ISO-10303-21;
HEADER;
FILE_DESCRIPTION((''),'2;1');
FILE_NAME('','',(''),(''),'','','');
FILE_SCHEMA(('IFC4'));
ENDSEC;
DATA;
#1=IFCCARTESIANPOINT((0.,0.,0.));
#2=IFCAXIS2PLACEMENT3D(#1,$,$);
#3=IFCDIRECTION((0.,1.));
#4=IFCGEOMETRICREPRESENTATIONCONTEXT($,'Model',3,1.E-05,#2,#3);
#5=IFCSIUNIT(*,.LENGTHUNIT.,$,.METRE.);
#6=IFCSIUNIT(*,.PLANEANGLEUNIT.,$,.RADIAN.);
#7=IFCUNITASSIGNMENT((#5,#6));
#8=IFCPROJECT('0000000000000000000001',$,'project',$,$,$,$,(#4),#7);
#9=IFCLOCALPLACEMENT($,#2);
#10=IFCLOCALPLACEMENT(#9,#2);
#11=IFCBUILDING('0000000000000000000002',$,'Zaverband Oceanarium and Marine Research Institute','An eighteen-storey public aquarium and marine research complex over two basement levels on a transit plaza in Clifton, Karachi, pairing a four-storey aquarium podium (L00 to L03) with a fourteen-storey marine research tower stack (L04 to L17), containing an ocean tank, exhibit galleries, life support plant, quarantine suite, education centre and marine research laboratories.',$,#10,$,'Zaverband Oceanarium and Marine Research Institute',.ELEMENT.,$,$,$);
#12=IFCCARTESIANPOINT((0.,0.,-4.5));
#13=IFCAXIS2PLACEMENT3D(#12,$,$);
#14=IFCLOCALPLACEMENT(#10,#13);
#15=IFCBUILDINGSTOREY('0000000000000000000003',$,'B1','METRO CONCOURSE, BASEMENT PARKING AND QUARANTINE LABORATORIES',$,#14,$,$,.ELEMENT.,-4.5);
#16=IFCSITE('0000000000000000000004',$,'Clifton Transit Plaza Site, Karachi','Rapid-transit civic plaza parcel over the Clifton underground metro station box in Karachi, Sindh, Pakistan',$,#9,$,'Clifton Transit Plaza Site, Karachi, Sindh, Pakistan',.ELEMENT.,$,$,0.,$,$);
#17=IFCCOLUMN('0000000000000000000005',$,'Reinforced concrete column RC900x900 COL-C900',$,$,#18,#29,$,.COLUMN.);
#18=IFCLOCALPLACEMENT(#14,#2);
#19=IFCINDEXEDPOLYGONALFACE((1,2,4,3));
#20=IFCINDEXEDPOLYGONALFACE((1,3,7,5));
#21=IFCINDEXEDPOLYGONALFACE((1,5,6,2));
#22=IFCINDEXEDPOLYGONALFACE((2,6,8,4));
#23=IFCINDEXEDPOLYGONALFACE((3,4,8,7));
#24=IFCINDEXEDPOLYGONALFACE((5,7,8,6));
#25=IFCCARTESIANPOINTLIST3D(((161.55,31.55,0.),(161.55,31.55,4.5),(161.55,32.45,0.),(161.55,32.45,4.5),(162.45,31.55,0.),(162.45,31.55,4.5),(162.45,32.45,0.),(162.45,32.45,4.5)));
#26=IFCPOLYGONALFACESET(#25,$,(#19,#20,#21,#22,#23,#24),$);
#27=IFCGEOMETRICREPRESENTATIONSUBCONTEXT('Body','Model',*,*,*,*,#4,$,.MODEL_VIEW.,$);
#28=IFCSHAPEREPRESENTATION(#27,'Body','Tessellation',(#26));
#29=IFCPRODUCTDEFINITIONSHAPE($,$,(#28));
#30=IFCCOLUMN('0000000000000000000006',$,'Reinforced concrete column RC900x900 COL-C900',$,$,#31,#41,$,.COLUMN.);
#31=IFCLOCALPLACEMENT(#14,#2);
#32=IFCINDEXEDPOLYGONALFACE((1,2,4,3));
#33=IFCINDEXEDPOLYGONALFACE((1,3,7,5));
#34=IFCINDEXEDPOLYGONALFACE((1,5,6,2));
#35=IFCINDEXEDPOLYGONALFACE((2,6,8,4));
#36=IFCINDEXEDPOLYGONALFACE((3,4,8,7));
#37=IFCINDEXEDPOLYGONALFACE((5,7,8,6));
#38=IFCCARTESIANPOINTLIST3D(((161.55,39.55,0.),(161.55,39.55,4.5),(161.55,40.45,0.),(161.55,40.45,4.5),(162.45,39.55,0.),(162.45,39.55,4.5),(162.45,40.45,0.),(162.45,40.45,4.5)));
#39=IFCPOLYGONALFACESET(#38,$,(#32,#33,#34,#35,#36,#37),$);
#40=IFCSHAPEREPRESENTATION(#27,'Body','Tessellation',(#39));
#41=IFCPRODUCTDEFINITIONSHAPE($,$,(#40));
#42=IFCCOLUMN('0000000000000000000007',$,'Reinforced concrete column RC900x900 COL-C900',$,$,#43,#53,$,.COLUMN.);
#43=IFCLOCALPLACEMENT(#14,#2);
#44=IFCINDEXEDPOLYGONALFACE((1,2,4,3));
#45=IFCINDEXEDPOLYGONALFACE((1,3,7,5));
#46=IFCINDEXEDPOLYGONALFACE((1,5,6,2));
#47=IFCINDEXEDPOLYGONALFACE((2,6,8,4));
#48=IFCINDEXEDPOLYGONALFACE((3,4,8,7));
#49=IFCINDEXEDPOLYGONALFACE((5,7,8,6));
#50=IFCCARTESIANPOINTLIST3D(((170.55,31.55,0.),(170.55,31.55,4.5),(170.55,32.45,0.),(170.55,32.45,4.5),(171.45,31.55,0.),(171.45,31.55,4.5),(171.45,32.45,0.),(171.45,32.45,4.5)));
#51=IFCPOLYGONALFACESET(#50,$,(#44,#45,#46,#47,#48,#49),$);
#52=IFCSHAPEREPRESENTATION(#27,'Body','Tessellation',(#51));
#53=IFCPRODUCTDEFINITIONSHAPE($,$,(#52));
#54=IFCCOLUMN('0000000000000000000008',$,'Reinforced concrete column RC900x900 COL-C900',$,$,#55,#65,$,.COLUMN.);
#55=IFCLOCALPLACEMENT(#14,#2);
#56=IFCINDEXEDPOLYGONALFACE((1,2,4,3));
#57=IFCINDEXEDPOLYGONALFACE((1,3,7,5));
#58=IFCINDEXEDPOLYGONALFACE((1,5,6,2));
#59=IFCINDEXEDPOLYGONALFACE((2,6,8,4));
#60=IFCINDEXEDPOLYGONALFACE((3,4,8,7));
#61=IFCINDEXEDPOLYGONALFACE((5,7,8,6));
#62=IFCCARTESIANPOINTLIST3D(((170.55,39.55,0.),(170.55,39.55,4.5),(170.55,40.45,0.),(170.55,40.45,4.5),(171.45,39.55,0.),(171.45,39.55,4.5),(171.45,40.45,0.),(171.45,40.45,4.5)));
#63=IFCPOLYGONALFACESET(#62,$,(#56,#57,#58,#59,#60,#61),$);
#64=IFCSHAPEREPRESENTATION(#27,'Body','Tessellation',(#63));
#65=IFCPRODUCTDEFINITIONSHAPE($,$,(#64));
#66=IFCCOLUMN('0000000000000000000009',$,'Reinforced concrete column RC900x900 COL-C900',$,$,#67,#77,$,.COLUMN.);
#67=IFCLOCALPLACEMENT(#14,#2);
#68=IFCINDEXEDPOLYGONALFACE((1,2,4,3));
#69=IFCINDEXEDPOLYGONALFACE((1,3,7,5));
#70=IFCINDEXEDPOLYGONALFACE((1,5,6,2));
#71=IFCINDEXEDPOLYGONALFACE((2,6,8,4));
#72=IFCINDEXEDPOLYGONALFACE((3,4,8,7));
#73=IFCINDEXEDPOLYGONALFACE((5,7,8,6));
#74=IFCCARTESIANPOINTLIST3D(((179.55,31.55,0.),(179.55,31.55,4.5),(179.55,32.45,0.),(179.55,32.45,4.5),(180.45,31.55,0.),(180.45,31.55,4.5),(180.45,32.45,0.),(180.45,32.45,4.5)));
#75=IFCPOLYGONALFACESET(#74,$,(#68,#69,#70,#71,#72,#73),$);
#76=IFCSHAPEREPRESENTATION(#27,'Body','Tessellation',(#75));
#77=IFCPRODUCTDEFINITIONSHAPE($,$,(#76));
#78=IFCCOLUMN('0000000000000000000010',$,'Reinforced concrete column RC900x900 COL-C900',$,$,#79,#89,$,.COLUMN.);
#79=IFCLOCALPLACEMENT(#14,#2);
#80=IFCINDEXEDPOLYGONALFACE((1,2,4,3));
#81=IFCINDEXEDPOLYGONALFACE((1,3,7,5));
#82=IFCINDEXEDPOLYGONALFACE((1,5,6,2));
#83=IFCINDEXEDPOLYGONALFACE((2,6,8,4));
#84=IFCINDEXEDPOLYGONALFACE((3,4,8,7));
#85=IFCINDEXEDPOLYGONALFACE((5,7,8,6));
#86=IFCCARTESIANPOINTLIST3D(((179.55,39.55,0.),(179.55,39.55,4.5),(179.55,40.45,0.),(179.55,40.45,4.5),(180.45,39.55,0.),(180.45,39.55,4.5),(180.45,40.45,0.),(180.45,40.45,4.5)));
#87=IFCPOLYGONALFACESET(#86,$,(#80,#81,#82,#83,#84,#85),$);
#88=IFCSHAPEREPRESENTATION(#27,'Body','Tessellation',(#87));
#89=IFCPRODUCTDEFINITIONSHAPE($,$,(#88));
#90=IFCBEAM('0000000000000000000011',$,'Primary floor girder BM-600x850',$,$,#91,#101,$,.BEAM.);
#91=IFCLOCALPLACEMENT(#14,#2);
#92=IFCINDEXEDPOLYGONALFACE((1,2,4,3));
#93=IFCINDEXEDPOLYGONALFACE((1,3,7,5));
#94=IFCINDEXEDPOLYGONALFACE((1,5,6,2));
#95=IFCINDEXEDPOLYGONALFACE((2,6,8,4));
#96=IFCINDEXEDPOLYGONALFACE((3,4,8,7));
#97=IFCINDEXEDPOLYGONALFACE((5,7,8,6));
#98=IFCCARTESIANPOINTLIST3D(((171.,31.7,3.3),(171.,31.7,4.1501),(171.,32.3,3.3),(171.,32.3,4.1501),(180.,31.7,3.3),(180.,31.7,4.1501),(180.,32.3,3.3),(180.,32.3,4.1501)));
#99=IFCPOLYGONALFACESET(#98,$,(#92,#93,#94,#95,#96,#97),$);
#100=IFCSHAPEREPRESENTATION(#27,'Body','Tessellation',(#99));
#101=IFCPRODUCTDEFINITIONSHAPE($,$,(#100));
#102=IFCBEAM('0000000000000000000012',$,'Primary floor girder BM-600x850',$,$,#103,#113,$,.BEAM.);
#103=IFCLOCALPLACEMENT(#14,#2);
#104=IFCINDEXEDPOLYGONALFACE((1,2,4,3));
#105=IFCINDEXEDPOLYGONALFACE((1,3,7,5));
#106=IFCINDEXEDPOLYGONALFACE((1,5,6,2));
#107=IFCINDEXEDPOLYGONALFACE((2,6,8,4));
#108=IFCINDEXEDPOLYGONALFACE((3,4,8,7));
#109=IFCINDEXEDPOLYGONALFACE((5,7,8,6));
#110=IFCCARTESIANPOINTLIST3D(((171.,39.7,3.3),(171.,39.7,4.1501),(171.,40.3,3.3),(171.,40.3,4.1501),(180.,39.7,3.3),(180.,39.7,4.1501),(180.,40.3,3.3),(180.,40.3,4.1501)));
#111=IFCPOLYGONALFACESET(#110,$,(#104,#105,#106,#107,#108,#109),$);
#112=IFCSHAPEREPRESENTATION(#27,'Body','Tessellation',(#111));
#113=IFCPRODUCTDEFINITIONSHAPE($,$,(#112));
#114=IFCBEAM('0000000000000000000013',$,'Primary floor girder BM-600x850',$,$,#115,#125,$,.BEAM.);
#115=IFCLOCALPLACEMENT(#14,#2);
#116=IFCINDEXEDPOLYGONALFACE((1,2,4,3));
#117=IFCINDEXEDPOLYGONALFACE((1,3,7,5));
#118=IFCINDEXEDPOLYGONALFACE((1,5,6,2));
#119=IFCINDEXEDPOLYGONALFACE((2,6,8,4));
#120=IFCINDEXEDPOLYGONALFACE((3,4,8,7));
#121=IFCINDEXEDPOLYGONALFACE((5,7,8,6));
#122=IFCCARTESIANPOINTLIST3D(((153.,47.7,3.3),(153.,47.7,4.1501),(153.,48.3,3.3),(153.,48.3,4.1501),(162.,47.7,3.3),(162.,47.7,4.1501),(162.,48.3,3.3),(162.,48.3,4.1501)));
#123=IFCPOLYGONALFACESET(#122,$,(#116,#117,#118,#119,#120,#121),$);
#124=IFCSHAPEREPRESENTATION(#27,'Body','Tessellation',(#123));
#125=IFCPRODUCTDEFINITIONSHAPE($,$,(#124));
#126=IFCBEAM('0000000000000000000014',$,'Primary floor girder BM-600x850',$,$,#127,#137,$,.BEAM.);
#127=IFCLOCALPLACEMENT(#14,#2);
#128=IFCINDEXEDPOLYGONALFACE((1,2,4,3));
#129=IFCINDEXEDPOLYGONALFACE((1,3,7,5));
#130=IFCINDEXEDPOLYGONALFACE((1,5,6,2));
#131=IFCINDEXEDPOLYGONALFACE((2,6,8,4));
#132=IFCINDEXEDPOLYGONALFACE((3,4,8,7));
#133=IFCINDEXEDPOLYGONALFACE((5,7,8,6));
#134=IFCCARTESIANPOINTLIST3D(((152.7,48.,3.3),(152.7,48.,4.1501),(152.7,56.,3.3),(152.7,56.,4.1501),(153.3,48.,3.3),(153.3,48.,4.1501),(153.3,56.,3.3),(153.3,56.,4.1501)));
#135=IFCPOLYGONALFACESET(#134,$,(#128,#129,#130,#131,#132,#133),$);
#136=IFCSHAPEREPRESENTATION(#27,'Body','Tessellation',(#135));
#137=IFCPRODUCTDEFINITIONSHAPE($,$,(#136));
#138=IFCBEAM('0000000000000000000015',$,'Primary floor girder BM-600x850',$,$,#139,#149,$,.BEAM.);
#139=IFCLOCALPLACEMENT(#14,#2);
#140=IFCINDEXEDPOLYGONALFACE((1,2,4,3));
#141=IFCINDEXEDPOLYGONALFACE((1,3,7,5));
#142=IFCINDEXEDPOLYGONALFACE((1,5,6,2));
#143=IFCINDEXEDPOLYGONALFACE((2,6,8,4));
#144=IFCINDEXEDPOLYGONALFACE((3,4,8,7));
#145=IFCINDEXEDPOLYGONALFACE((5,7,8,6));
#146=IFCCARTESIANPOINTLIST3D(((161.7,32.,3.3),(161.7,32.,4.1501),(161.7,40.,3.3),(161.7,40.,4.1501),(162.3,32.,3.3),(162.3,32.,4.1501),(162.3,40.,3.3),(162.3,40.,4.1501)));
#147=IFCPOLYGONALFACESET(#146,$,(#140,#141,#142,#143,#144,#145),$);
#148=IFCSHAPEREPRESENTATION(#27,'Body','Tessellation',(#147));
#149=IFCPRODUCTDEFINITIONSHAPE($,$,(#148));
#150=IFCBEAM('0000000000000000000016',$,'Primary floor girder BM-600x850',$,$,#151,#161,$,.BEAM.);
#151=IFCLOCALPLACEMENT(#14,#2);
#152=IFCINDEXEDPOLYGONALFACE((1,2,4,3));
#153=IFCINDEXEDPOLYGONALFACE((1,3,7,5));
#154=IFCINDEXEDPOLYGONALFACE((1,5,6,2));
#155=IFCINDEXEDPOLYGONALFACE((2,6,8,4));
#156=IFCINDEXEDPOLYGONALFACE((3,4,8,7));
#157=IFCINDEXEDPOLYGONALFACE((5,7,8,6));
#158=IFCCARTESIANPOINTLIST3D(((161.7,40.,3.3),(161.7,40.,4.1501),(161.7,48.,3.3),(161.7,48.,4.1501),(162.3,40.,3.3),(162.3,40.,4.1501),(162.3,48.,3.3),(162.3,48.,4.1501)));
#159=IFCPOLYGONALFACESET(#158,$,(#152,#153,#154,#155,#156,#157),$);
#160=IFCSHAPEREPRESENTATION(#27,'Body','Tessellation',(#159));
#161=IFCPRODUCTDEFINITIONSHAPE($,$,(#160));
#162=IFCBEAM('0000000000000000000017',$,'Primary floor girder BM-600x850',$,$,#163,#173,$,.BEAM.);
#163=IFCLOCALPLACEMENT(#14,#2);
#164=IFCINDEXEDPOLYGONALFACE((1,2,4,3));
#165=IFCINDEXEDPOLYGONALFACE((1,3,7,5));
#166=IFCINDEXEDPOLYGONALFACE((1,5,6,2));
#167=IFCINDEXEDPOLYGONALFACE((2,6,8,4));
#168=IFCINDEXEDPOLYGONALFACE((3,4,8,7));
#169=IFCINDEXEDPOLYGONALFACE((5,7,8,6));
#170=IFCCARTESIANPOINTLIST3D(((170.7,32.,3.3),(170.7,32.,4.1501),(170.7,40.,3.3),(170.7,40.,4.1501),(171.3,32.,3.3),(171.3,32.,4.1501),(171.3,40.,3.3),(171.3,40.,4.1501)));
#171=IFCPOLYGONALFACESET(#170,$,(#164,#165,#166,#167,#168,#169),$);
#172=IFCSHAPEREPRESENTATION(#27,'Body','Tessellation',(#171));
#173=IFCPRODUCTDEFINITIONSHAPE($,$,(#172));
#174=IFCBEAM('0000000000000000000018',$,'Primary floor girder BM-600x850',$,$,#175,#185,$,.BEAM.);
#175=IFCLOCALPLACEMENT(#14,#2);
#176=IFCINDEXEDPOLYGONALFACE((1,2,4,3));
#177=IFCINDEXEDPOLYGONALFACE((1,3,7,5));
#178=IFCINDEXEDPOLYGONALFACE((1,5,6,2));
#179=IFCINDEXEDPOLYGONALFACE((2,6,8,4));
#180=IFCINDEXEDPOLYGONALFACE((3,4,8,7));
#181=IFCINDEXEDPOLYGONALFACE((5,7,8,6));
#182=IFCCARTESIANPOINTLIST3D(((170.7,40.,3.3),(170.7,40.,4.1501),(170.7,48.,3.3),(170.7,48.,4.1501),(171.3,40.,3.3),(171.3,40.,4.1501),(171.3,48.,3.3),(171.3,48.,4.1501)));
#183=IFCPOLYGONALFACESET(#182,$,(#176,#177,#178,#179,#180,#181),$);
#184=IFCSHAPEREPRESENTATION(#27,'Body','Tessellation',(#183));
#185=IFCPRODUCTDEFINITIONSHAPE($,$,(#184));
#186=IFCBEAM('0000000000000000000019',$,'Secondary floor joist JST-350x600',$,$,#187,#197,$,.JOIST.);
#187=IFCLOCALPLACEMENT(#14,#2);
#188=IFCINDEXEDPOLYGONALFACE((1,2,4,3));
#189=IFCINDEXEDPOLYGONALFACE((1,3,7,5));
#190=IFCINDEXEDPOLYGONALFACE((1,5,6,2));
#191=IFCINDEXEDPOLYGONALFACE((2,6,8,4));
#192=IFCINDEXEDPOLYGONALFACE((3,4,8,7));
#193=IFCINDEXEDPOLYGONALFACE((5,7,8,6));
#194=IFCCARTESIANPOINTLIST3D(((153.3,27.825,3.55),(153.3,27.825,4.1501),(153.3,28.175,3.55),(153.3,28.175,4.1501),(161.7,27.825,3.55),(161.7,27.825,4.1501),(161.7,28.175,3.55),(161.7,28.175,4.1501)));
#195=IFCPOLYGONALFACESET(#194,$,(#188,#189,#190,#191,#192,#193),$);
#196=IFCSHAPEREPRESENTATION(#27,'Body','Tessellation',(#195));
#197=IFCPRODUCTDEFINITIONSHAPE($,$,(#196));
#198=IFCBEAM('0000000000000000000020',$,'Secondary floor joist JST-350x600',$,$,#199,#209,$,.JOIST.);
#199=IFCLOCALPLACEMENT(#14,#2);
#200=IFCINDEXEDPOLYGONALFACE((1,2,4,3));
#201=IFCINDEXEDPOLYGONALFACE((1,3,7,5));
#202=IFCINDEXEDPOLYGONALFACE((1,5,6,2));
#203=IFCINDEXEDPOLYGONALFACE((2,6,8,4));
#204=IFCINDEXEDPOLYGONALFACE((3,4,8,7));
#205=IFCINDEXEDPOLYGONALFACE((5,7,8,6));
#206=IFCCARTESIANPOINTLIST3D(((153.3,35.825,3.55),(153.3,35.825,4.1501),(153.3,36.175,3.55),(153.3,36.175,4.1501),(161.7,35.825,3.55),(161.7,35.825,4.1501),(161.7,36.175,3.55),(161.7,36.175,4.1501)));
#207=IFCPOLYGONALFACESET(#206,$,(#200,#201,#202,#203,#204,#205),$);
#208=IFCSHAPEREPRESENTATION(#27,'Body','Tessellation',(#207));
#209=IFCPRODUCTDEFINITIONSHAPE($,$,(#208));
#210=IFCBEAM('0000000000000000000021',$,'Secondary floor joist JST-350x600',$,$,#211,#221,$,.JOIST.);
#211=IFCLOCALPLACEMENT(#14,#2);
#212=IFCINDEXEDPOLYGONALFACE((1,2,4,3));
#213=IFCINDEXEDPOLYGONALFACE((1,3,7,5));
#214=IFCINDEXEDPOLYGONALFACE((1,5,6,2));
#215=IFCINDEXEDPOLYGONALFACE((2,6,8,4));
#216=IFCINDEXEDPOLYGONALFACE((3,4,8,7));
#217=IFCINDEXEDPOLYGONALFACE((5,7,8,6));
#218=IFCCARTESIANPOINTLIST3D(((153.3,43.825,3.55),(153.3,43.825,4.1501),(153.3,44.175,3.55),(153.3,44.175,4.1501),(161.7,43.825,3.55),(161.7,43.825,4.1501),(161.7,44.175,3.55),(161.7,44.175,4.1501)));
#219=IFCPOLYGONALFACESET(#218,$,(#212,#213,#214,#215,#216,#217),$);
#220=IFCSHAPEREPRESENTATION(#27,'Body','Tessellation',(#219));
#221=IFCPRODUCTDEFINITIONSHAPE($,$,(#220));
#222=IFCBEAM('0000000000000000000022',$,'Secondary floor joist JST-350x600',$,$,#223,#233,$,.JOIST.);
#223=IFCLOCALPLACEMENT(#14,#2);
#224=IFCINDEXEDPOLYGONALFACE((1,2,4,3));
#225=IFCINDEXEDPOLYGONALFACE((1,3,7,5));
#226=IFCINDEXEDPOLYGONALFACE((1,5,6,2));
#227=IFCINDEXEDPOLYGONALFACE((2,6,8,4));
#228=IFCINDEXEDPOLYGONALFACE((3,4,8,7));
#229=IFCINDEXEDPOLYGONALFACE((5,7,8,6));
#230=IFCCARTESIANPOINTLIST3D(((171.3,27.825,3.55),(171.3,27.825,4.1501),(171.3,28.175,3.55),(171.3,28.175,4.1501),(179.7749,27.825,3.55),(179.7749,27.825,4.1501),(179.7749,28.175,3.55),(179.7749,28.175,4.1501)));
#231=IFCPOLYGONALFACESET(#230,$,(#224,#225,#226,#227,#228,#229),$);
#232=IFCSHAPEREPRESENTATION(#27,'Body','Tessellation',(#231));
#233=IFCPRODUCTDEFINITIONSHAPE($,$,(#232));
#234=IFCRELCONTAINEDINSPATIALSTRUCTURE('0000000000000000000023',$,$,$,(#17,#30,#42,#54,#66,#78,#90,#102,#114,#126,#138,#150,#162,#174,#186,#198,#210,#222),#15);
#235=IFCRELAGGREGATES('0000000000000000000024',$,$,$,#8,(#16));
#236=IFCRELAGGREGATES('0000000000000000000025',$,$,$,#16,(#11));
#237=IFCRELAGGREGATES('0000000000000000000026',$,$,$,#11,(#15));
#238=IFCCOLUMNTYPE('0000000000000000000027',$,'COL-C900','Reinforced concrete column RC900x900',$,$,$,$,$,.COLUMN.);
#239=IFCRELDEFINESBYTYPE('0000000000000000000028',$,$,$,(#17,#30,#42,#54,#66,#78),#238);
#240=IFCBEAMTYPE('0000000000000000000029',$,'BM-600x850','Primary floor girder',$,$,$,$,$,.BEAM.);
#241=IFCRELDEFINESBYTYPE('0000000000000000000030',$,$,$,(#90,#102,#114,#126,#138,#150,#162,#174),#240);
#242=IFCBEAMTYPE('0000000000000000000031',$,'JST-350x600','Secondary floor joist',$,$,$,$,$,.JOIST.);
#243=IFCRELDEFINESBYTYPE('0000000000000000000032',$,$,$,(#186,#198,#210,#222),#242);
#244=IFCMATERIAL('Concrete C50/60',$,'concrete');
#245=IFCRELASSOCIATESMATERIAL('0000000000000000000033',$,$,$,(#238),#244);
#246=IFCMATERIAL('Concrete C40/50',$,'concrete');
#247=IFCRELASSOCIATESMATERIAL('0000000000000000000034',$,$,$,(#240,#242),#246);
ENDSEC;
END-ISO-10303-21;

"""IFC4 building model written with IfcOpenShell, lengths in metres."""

from ifc_helpers import new_model, si_unit, direction, frame, origin, origin_2d, place, context, subcontext, project, spatial, rectangle, extrude, material, material_profile, profile_set, type_object, element, save


model = new_model("IFC4")

# Units and contexts
model_context = context("Model", 3, precision=1e-05, world=origin(), true_north=direction((0.0, 1.0)))
body_context = subcontext(model_context, "Body", "Model", "MODEL_VIEW")
ifc_project = project(units=[si_unit("LENGTHUNIT", "METRE"), si_unit("PLANEANGLEUNIT", "RADIAN")], contexts=[model_context])

# Site, building, storey
site_placement = place(None, origin())
site = spatial("IfcSite", under=ifc_project, at=site_placement, Name="Clifton Transit Plaza Site, Karachi", Description="Rapid-transit civic plaza parcel over the Clifton underground metro station box in Karachi, Sindh, Pakistan", LongName="Clifton Transit Plaza Site, Karachi, Sindh, Pakistan", CompositionType="ELEMENT", RefElevation=0.0)
building_placement = place(site_placement, origin())
building = spatial("IfcBuilding", under=site, at=building_placement, Name="Zaverband Oceanarium and Marine Research Institute", Description="An eighteen-storey public aquarium and marine research complex over two basement levels on a transit plaza in Clifton, Karachi, pairing a four-storey aquarium podium (L00 to L03) with a fourteen-storey marine research tower stack (L04 to L17), containing an ocean tank, exhibit galleries, life support plant, quarantine suite, education centre and marine research laboratories.", LongName="Zaverband Oceanarium and Marine Research Institute", CompositionType="ELEMENT")
storey_placement = place(building_placement, frame((0.0, 0.0, -4.5)))
storey = spatial("IfcBuildingStorey", under=building, at=storey_placement, Name="B1", Description="METRO CONCOURSE, BASEMENT PARKING AND QUARANTINE LABORATORIES", CompositionType="ELEMENT", Elevation=-4.5)

# Columns
ifc_material_1 = material(Name="Concrete C50/60", Category="concrete")
ifc_material_profile_1 = material_profile(ifc_material_1, rectangle(XDim=0.8999, YDim=0.8999, at=origin_2d()), Name="RC900x900")
ifc_profile_set_1 = profile_set([ifc_material_profile_1], Name="Concrete C50/60")
column_type = type_object("IfcColumnType", Name="COL-C900", Description="Reinforced concrete column RC900x900", PredefinedType="COLUMN", material=ifc_profile_set_1)
for number, where, z_axis, x_axis, name in (
    (1, (162.0, 32.0, 0.0), (0.0, 0.0, 1.0), (1.0, 0.0, 0.0), "Reinforced concrete column RC900x900 COL-C900"),
    (2, (162.0, 40.0, 0.0), (0.0, 0.0, 1.0), (1.0, 0.0, 0.0), "Reinforced concrete column RC900x900 COL-C900"),
    (3, (171.0, 32.0, 0.0), (0.0, 0.0, 1.0), (1.0, 0.0, 0.0), "Reinforced concrete column RC900x900 COL-C900"),
    (4, (171.0, 40.0, 0.0), (0.0, 0.0, 1.0), (1.0, 0.0, 0.0), "Reinforced concrete column RC900x900 COL-C900"),
    (5, (180.0, 32.0, 0.0), (0.0, 0.0, 1.0), (1.0, 0.0, 0.0), "Reinforced concrete column RC900x900 COL-C900"),
    (6, (180.0, 40.0, 0.0), (0.0, 0.0, 1.0), (1.0, 0.0, 0.0), "Reinforced concrete column RC900x900 COL-C900"),
):
    element("IfcColumn", number, at=place(storey_placement, frame(where, z_axis=z_axis, x_axis=x_axis)), inside=storey, type_object=column_type, Name=name, PredefinedType="COLUMN", context=body_context, shape_type="SweptSolid", body=[
        extrude(rectangle(XDim=0.8999, YDim=0.8999, at=origin_2d()), origin(), (0.0, 0.0, 1.0), 4.5),
    ])

# Beams
ifc_material_2 = material(Name="Concrete C40/50", Category="concrete")
ifc_material_profile_2 = material_profile(ifc_material_2, rectangle(XDim=0.6001, YDim=0.8501, at=origin_2d()), Name="RC600x850")
ifc_profile_set_2 = profile_set([ifc_material_profile_2], Name="Concrete C40/50")
beam_type_1 = type_object("IfcBeamType", Name="BM-600x850", Description="Primary floor girder", PredefinedType="BEAM", material=ifc_profile_set_2)
for number, where, z_axis, x_axis, name in (
    (7, (171.0, 32.0, 3.7251), (1.0, 0.0, 0.0), (0.0, 1.0, 0.0), "Primary floor girder BM-600x850"),
    (8, (171.0, 40.0, 3.7251), (1.0, 0.0, 0.0), (0.0, 1.0, 0.0), "Primary floor girder BM-600x850"),
    (9, (153.0, 48.0, 3.7251), (1.0, 0.0, 0.0), (0.0, 1.0, 0.0), "Primary floor girder BM-600x850"),
):
    element("IfcBeam", number, at=place(storey_placement, frame(where, z_axis=z_axis, x_axis=x_axis)), inside=storey, type_object=beam_type_1, Name=name, PredefinedType="BEAM", context=body_context, shape_type="SweptSolid", body=[
        extrude(rectangle(XDim=0.6001, YDim=0.8501, at=origin_2d()), origin(), (0.0, 0.0, 1.0), 9.0),
    ])
for number, where, z_axis, x_axis, name in (
    (10, (153.0, 48.0, 3.7251), (0.0, 1.0, 0.0), (-1.0, 0.0, 0.0), "Primary floor girder BM-600x850"),
    (11, (162.0, 32.0, 3.7251), (0.0, 1.0, 0.0), (-1.0, 0.0, 0.0), "Primary floor girder BM-600x850"),
    (12, (162.0, 40.0, 3.7251), (0.0, 1.0, 0.0), (-1.0, 0.0, 0.0), "Primary floor girder BM-600x850"),
    (13, (171.0, 32.0, 3.7251), (0.0, 1.0, 0.0), (-1.0, 0.0, 0.0), "Primary floor girder BM-600x850"),
    (14, (171.0, 40.0, 3.7251), (0.0, 1.0, 0.0), (-1.0, 0.0, 0.0), "Primary floor girder BM-600x850"),
):
    element("IfcBeam", number, at=place(storey_placement, frame(where, z_axis=z_axis, x_axis=x_axis)), inside=storey, type_object=beam_type_1, Name=name, PredefinedType="BEAM", context=body_context, shape_type="SweptSolid", body=[
        extrude(rectangle(XDim=0.6001, YDim=0.8501, at=origin_2d()), origin(), (0.0, 0.0, 1.0), 8.0),
    ])
ifc_material_profile_3 = material_profile(ifc_material_2, rectangle(XDim=0.3501, YDim=0.6001, at=origin_2d()), Name="RC350x600")
ifc_profile_set_3 = profile_set([ifc_material_profile_3], Name="Concrete C40/50")
beam_type_2 = type_object("IfcBeamType", Name="JST-350x600", Description="Secondary floor joist", PredefinedType="JOIST", material=ifc_profile_set_3)
for number, where, z_axis, x_axis, name in (
    (15, (153.3, 28.0, 3.8501), (1.0, 0.0, 0.0), (0.0, 1.0, 0.0), "Secondary floor joist JST-350x600"),
    (16, (153.3, 36.0, 3.8501), (1.0, 0.0, 0.0), (0.0, 1.0, 0.0), "Secondary floor joist JST-350x600"),
    (17, (153.3, 44.0, 3.8501), (1.0, 0.0, 0.0), (0.0, 1.0, 0.0), "Secondary floor joist JST-350x600"),
):
    element("IfcBeam", number, at=place(storey_placement, frame(where, z_axis=z_axis, x_axis=x_axis)), inside=storey, type_object=beam_type_2, Name=name, PredefinedType="JOIST", context=body_context, shape_type="SweptSolid", body=[
        extrude(rectangle(XDim=0.3501, YDim=0.6001, at=origin_2d()), origin(), (0.0, 0.0, 1.0), 8.3999),
    ])
for number, where, z_axis, x_axis, name in (
    (18, (171.3, 28.0, 3.8501), (1.0, 0.0, 0.0), (0.0, 1.0, 0.0), "Secondary floor joist JST-350x600"),
):
    element("IfcBeam", number, at=place(storey_placement, frame(where, z_axis=z_axis, x_axis=x_axis)), inside=storey, type_object=beam_type_2, Name=name, PredefinedType="JOIST", context=body_context, shape_type="SweptSolid", body=[
        extrude(rectangle(XDim=0.3501, YDim=0.6001, at=origin_2d()), origin(), (0.0, 0.0, 1.0), 8.4749),
    ])

save(model, "model.ifc")
